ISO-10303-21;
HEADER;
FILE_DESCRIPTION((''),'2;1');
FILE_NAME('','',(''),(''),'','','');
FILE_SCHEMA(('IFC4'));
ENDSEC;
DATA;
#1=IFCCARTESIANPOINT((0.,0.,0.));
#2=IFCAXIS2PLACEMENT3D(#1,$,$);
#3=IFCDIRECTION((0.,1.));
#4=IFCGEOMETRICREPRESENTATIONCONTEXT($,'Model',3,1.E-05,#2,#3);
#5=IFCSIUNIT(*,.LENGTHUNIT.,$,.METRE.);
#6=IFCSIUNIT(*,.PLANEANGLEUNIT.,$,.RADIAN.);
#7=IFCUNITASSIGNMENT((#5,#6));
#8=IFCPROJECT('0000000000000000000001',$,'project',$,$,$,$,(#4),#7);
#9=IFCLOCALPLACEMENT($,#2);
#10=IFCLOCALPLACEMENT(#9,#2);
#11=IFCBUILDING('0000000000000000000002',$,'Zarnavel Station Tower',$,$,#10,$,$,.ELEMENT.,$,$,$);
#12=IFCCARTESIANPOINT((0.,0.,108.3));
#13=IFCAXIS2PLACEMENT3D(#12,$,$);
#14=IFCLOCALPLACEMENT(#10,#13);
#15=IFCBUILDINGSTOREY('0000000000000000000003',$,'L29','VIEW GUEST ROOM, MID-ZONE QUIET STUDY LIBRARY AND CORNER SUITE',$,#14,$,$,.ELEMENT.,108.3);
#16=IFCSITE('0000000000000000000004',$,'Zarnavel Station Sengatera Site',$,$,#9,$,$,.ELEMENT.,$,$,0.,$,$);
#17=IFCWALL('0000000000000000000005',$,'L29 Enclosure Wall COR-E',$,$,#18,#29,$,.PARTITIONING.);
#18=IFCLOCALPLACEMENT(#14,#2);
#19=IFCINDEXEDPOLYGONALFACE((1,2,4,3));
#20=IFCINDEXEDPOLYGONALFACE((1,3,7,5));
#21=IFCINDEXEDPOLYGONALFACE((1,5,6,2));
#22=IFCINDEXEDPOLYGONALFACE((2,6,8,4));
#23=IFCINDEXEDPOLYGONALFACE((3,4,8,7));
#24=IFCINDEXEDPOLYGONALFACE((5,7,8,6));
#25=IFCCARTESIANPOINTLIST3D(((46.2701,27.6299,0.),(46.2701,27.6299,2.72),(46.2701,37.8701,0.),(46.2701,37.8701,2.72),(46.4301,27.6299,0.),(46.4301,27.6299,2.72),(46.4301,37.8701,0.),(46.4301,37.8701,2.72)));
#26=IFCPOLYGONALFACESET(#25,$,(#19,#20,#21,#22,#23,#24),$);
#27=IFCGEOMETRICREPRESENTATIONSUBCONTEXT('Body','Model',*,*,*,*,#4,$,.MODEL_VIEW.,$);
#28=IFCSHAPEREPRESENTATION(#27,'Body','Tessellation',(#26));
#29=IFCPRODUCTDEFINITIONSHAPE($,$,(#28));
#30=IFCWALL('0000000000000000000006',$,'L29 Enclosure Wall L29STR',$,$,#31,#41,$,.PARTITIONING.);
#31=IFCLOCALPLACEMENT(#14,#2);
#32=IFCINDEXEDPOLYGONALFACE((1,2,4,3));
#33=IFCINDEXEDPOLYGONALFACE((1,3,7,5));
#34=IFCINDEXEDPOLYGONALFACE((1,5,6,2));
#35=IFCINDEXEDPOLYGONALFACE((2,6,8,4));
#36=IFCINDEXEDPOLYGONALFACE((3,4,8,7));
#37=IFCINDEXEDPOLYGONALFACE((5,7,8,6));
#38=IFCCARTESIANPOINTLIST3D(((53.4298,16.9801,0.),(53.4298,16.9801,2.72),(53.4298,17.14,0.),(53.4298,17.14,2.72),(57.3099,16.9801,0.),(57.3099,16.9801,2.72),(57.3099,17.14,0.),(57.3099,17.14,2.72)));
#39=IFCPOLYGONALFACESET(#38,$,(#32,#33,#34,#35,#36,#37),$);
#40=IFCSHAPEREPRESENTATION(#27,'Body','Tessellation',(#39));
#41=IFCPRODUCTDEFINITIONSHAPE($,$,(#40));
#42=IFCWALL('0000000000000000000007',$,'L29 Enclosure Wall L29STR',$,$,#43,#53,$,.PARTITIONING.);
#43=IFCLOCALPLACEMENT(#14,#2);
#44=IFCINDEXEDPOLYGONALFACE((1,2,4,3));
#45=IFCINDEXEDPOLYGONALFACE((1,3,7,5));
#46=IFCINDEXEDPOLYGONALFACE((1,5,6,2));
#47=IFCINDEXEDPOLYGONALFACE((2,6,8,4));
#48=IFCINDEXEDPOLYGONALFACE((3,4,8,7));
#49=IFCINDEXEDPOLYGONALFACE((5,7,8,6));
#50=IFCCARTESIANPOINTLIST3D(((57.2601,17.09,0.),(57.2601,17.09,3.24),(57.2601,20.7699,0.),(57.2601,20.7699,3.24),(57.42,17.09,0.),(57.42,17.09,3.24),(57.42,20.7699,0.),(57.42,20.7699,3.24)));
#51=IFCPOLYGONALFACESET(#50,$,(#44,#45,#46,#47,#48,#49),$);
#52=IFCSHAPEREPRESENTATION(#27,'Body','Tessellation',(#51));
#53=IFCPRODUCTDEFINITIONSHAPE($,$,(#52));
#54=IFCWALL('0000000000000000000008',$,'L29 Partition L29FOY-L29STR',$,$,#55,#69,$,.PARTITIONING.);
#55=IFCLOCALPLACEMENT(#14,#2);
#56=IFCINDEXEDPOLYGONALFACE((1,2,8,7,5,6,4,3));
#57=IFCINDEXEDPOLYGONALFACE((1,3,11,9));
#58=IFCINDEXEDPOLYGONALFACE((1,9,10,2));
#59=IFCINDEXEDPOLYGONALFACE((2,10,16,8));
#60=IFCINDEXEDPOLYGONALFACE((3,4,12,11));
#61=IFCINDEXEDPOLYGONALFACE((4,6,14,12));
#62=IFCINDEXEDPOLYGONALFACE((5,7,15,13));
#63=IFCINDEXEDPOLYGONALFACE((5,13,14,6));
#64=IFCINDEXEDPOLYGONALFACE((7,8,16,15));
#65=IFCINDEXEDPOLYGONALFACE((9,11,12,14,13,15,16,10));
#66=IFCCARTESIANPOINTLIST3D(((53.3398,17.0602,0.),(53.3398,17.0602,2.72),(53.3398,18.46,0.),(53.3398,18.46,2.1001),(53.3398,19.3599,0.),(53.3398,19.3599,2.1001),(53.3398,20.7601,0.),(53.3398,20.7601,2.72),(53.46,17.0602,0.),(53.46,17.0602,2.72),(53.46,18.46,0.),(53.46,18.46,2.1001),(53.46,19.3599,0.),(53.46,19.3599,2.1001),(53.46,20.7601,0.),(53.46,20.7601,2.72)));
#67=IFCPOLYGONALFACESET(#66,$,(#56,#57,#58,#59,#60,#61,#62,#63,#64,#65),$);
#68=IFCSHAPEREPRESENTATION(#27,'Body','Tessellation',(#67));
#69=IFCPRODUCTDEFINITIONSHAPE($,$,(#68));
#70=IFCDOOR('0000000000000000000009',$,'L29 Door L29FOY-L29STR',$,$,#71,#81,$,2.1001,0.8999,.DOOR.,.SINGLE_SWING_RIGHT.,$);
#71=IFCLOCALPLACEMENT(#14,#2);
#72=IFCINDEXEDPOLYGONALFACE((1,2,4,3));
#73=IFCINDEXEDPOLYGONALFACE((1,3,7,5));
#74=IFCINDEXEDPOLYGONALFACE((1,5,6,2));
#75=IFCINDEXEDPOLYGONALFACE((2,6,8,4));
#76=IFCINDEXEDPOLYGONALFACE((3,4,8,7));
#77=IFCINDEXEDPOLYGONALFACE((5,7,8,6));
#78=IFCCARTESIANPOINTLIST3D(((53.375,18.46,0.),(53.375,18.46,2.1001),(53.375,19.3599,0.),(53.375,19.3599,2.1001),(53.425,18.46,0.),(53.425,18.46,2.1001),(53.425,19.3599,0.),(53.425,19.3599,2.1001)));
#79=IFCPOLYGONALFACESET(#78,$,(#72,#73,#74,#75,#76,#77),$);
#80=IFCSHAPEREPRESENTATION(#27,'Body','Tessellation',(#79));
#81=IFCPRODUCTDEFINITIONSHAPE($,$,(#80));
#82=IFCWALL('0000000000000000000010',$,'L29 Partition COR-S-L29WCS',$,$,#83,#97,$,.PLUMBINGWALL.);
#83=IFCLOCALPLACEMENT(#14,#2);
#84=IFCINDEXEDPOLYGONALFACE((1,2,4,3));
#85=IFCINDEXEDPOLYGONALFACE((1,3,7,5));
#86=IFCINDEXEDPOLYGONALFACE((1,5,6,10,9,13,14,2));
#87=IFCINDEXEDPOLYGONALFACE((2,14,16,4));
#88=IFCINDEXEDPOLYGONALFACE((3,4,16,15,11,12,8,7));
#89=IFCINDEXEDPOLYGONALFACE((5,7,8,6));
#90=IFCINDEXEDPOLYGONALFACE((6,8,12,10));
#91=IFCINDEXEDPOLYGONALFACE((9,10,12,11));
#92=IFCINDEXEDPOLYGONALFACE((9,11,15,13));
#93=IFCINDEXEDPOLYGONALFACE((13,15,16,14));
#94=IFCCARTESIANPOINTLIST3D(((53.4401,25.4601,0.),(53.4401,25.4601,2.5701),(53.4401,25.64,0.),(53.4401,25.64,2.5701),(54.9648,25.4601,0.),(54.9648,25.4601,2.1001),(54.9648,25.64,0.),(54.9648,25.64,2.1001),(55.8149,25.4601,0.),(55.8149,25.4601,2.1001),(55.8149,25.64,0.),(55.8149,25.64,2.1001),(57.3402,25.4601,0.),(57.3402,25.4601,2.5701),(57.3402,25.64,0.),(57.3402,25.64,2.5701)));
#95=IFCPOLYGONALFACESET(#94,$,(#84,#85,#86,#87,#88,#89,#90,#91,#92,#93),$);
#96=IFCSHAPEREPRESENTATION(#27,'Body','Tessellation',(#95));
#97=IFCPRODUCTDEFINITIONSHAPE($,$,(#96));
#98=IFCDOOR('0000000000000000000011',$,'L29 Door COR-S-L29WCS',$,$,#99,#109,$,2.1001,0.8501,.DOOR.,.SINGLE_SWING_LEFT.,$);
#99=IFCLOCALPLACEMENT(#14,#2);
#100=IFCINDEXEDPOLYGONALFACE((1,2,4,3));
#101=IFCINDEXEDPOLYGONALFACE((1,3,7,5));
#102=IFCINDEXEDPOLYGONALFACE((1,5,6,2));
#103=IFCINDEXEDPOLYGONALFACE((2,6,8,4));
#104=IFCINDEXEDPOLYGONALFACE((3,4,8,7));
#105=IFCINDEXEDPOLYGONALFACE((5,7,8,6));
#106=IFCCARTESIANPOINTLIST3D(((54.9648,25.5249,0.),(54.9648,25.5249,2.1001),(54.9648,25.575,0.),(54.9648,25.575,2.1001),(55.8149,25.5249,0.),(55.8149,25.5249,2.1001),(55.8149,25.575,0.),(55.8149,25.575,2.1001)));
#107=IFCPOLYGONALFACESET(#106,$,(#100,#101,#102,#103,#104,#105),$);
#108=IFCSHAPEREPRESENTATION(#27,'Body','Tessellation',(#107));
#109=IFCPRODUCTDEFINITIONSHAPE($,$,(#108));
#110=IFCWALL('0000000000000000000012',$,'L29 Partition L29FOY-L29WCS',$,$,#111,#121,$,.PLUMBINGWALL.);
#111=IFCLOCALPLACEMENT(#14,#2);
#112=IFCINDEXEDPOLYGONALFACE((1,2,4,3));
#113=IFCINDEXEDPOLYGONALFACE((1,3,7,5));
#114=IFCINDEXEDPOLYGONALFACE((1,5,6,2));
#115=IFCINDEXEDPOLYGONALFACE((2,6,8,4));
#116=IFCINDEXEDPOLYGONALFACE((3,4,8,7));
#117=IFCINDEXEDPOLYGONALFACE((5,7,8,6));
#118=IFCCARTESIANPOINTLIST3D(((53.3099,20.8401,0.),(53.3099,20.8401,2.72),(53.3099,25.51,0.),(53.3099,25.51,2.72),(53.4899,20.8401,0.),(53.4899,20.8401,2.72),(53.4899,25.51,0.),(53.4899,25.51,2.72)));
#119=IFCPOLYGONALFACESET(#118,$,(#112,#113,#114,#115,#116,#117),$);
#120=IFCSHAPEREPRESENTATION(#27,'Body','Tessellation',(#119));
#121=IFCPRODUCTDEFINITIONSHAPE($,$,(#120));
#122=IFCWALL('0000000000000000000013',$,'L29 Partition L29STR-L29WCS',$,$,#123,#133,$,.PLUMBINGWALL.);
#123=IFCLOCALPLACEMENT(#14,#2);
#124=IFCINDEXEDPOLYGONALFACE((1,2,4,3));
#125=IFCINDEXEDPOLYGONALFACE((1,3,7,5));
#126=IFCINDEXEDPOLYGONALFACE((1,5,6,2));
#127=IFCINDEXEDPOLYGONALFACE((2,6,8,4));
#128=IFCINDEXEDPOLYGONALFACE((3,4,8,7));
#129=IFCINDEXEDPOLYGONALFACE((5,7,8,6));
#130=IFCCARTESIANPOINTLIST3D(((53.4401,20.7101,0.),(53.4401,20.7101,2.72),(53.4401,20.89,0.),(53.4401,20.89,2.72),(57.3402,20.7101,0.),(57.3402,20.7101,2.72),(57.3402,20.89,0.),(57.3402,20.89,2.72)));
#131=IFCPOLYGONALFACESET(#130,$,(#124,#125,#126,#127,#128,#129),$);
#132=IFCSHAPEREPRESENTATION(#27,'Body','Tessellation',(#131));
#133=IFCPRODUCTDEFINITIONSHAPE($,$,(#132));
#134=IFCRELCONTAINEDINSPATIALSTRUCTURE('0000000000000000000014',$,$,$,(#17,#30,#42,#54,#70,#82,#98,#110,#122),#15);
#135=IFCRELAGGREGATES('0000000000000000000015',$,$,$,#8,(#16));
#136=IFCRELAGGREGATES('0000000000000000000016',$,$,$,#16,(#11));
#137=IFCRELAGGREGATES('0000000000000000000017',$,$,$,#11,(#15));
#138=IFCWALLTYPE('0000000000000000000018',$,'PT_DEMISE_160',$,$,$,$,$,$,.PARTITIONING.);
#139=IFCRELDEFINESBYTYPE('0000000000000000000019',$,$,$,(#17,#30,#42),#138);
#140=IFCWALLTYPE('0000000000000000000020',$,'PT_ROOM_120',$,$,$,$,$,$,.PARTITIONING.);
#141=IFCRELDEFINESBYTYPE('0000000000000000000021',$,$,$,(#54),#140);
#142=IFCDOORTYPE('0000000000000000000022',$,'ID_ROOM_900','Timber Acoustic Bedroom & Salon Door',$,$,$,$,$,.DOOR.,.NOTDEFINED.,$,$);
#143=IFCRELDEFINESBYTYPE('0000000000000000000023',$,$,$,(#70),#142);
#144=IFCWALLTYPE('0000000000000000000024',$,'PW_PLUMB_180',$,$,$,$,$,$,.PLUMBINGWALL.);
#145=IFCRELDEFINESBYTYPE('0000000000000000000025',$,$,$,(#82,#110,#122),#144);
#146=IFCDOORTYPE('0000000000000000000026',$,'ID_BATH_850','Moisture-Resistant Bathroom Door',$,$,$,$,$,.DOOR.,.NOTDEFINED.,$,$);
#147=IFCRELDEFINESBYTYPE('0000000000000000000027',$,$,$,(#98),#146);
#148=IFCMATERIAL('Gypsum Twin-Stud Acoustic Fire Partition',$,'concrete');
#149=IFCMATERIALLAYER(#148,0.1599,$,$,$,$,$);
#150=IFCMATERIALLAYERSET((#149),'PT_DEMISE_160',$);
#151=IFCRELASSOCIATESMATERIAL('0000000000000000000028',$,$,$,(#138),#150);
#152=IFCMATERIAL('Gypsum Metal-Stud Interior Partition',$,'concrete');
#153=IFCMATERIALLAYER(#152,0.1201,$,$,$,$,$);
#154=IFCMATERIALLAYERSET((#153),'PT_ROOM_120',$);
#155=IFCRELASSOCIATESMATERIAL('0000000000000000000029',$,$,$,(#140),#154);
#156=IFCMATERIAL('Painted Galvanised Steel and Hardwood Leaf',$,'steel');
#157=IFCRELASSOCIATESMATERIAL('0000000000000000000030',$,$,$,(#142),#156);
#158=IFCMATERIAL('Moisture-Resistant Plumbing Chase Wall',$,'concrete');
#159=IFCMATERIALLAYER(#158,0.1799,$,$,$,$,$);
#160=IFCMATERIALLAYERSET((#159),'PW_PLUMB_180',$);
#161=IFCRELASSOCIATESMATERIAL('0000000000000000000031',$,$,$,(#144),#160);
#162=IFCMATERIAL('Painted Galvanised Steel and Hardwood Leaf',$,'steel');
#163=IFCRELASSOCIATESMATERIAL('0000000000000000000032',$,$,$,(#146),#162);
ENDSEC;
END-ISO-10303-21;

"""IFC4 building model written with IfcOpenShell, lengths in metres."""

from ifc_helpers import new_model, si_unit, direction, frame, frame_2d, origin, place, context, subcontext, project, spatial, rectangle, extrude, material, layer, layer_set, type_object, element, fill, save


model = new_model("IFC4")

# Units and contexts
model_context = context("Model", 3, precision=1e-05, world=origin(), true_north=direction((0.0, 1.0)))
body_context = subcontext(model_context, "Body", "Model", "MODEL_VIEW")
ifc_project = project(units=[si_unit("LENGTHUNIT", "METRE"), si_unit("PLANEANGLEUNIT", "RADIAN")], contexts=[model_context])

# Site, building, storey
site_placement = place(None, origin())
site = spatial("IfcSite", under=ifc_project, at=site_placement, Name="Zarnavel Station Sengatera Site", CompositionType="ELEMENT", RefElevation=0.0)
building_placement = place(site_placement, origin())
building = spatial("IfcBuilding", under=site, at=building_placement, Name="Zarnavel Station Tower", CompositionType="ELEMENT")
storey_placement = place(building_placement, frame((0.0, 0.0, 108.3)))
storey = spatial("IfcBuildingStorey", under=building, at=storey_placement, Name="L29", Description="VIEW GUEST ROOM, MID-ZONE QUIET STUDY LIBRARY AND CORNER SUITE", CompositionType="ELEMENT", Elevation=108.3)

# Shared definitions
ifc_material_1 = material(Name="Gypsum Twin-Stud Acoustic Fire Partition", Category="concrete")
ifc_layer_1 = layer(ifc_material_1, 0.1599)
ifc_layer_set_1 = layer_set([ifc_layer_1], Name="PT_DEMISE_160")
wall_type_1 = type_object("IfcWallType", Name="PT_DEMISE_160", PredefinedType="PARTITIONING", material=ifc_layer_set_1)

# Walls
wall_1_placement = place(storey_placement, frame((46.3501, 27.6299, 0.0), z_axis=(0.0, 0.0, 1.0), x_axis=(0.0, 1.0, 0.0)))
element("IfcWall", 1, at=wall_1_placement, inside=storey, type_object=wall_type_1, Name="L29 Enclosure Wall COR-E", PredefinedType="PARTITIONING", context=body_context, shape_type="SweptSolid", body=[
    extrude(rectangle(XDim=10.2402, YDim=0.1599, at=frame_2d((5.1201, 0.0))), origin(), (0.0, 0.0, 1.0), 2.72),
])
wall_2_placement = place(storey_placement, frame((53.4299, 17.0601, 0.0), z_axis=(0.0, 0.0, 1.0), x_axis=(1.0, 0.0, 0.0)))
element("IfcWall", 2, at=wall_2_placement, inside=storey, type_object=wall_type_1, Name="L29 Enclosure Wall L29STR", PredefinedType="PARTITIONING", context=body_context, shape_type="SweptSolid", body=[
    extrude(rectangle(XDim=3.8801, YDim=0.1599, at=frame_2d((1.9399, 0.0))), origin(), (0.0, 0.0, 1.0), 2.72),
])
wall_3_placement = place(storey_placement, frame((57.3401, 17.0901, 0.0), z_axis=(0.0, 0.0, 1.0), x_axis=(0.0, 1.0, 0.0)))
element("IfcWall", 3, at=wall_3_placement, inside=storey, type_object=wall_type_1, Name="L29 Enclosure Wall L29STR", PredefinedType="PARTITIONING", context=body_context, shape_type="SweptSolid", body=[
    extrude(rectangle(XDim=3.6799, YDim=0.1599, at=frame_2d((1.8398, 0.0))), origin(), (0.0, 0.0, 1.0), 3.24),
])

# Walls, openings, doors
ifc_material_2 = material(Name="Gypsum Metal-Stud Interior Partition", Category="concrete")
ifc_layer_2 = layer(ifc_material_2, 0.1201)
ifc_layer_set_2 = layer_set([ifc_layer_2], Name="PT_ROOM_120")
wall_type_2 = type_object("IfcWallType", Name="PT_ROOM_120", PredefinedType="PARTITIONING", material=ifc_layer_set_2)
wall_4_placement = place(storey_placement, frame((53.3999, 17.0601, 0.0), z_axis=(0.0, 0.0, 1.0), x_axis=(0.0, 1.0, 0.0)))
wall_4 = element("IfcWall", 4, at=wall_4_placement, inside=storey, type_object=wall_type_2, Name="L29 Partition L29FOY-L29STR", PredefinedType="PARTITIONING", context=body_context, shape_type="SweptSolid", body=[
    extrude(rectangle(XDim=3.7, YDim=0.1201, at=frame_2d((1.8501, 0.0))), origin(), (0.0, 0.0, 1.0), 2.72),
])
opening_1_placement = place(wall_4_placement, frame((1.3999, 0.0, 0.0)))
opening_1 = element("IfcOpeningElement", 5, at=opening_1_placement, cuts=wall_4, PredefinedType="OPENING", context=body_context, shape_type="SweptSolid", body=[
    extrude(rectangle(XDim=0.8999, YDim=2.1001, at=frame_2d((0.45, 1.05))), frame((0.0, 0.0701, 0.0), z_axis=(0.0, -1.0, 0.0), x_axis=(1.0, 0.0, 0.0)), (0.0, 0.0, 1.0), 0.1401),
])
ifc_material_3 = material(Name="Painted Galvanised Steel and Hardwood Leaf", Category="steel")
door_type_1 = type_object("IfcDoorType", Name="ID_ROOM_900", Description="Timber Acoustic Bedroom & Salon Door", OperationType="NOTDEFINED", PredefinedType="DOOR", material=ifc_material_3)
door_1_placement = place(opening_1_placement, origin())
door_1 = element("IfcDoor", 6, at=door_1_placement, inside=storey, type_object=door_type_1, Name="L29 Door L29FOY-L29STR", OperationType="SINGLE_SWING_RIGHT", OverallHeight=2.1001, OverallWidth=0.8999, PredefinedType="DOOR", context=body_context, shape_type="SweptSolid", body=[
    extrude(rectangle(XDim=0.8999, YDim=2.1001, at=frame_2d((0.45, 1.05))), frame((0.0, 0.0249, 0.0), z_axis=(0.0, -1.0, 0.0), x_axis=(1.0, 0.0, 0.0)), (0.0, 0.0, 1.0), 0.05),
])
fill(opening_1, door_1)
ifc_material_4 = material(Name="Moisture-Resistant Plumbing Chase Wall", Category="concrete")
ifc_layer_3 = layer(ifc_material_4, 0.1799)
ifc_layer_set_3 = layer_set([ifc_layer_3], Name="PW_PLUMB_180")
wall_type_3 = type_object("IfcWallType", Name="PW_PLUMB_180", PredefinedType="PLUMBINGWALL", material=ifc_layer_set_3)
wall_5_placement = place(storey_placement, frame((53.4399, 25.55, 0.0), z_axis=(0.0, 0.0, 1.0), x_axis=(1.0, 0.0, 0.0)))
wall_5 = element("IfcWall", 7, at=wall_5_placement, inside=storey, type_object=wall_type_3, Name="L29 Partition COR-S-L29WCS", PredefinedType="PLUMBINGWALL", context=body_context, shape_type="SweptSolid", body=[
    extrude(rectangle(XDim=3.9001, YDim=0.1799, at=frame_2d((1.9502, 0.0))), origin(), (0.0, 0.0, 1.0), 2.5701),
])
opening_2_placement = place(wall_5_placement, frame((1.5249, 0.0, 0.0)))
opening_2 = element("IfcOpeningElement", 8, at=opening_2_placement, cuts=wall_5, PredefinedType="OPENING", context=body_context, shape_type="SweptSolid", body=[
    extrude(rectangle(XDim=0.8501, YDim=2.1001, at=frame_2d((0.425, 1.05))), frame((0.0, 0.0999, 0.0), z_axis=(0.0, -1.0, 0.0), x_axis=(1.0, 0.0, 0.0)), (0.0, 0.0, 1.0), 0.2),
])
ifc_material_5 = material(Name="Painted Galvanised Steel and Hardwood Leaf", Category="steel")
door_type_2 = type_object("IfcDoorType", Name="ID_BATH_850", Description="Moisture-Resistant Bathroom Door", OperationType="NOTDEFINED", PredefinedType="DOOR", material=ifc_material_5)
door_2_placement = place(opening_2_placement, origin())
door_2 = element("IfcDoor", 9, at=door_2_placement, inside=storey, type_object=door_type_2, Name="L29 Door COR-S-L29WCS", OperationType="SINGLE_SWING_LEFT", OverallHeight=2.1001, OverallWidth=0.8501, PredefinedType="DOOR", context=body_context, shape_type="SweptSolid", body=[
    extrude(rectangle(XDim=0.8501, YDim=2.1001, at=frame_2d((0.425, 1.05))), frame((0.0, 0.0249, 0.0), z_axis=(0.0, -1.0, 0.0), x_axis=(1.0, 0.0, 0.0)), (0.0, 0.0, 1.0), 0.05),
])
fill(opening_2, door_2)

# Walls
wall_6_placement = place(storey_placement, frame((53.3999, 20.8401, 0.0), z_axis=(0.0, 0.0, 1.0), x_axis=(0.0, 1.0, 0.0)))
element("IfcWall", 10, at=wall_6_placement, inside=storey, type_object=wall_type_3, Name="L29 Partition L29FOY-L29WCS", PredefinedType="PLUMBINGWALL", context=body_context, shape_type="SweptSolid", body=[
    extrude(rectangle(XDim=4.6699, YDim=0.1799, at=frame_2d((2.335, 0.0))), origin(), (0.0, 0.0, 1.0), 2.72),
])
wall_7_placement = place(storey_placement, frame((53.4399, 20.8, 0.0), z_axis=(0.0, 0.0, 1.0), x_axis=(1.0, 0.0, 0.0)))
element("IfcWall", 11, at=wall_7_placement, inside=storey, type_object=wall_type_3, Name="L29 Partition L29STR-L29WCS", PredefinedType="PLUMBINGWALL", context=body_context, shape_type="SweptSolid", body=[
    extrude(rectangle(XDim=3.9001, YDim=0.1799, at=frame_2d((1.9502, 0.0))), origin(), (0.0, 0.0, 1.0), 2.72),
])

save(model, "model.ifc")
